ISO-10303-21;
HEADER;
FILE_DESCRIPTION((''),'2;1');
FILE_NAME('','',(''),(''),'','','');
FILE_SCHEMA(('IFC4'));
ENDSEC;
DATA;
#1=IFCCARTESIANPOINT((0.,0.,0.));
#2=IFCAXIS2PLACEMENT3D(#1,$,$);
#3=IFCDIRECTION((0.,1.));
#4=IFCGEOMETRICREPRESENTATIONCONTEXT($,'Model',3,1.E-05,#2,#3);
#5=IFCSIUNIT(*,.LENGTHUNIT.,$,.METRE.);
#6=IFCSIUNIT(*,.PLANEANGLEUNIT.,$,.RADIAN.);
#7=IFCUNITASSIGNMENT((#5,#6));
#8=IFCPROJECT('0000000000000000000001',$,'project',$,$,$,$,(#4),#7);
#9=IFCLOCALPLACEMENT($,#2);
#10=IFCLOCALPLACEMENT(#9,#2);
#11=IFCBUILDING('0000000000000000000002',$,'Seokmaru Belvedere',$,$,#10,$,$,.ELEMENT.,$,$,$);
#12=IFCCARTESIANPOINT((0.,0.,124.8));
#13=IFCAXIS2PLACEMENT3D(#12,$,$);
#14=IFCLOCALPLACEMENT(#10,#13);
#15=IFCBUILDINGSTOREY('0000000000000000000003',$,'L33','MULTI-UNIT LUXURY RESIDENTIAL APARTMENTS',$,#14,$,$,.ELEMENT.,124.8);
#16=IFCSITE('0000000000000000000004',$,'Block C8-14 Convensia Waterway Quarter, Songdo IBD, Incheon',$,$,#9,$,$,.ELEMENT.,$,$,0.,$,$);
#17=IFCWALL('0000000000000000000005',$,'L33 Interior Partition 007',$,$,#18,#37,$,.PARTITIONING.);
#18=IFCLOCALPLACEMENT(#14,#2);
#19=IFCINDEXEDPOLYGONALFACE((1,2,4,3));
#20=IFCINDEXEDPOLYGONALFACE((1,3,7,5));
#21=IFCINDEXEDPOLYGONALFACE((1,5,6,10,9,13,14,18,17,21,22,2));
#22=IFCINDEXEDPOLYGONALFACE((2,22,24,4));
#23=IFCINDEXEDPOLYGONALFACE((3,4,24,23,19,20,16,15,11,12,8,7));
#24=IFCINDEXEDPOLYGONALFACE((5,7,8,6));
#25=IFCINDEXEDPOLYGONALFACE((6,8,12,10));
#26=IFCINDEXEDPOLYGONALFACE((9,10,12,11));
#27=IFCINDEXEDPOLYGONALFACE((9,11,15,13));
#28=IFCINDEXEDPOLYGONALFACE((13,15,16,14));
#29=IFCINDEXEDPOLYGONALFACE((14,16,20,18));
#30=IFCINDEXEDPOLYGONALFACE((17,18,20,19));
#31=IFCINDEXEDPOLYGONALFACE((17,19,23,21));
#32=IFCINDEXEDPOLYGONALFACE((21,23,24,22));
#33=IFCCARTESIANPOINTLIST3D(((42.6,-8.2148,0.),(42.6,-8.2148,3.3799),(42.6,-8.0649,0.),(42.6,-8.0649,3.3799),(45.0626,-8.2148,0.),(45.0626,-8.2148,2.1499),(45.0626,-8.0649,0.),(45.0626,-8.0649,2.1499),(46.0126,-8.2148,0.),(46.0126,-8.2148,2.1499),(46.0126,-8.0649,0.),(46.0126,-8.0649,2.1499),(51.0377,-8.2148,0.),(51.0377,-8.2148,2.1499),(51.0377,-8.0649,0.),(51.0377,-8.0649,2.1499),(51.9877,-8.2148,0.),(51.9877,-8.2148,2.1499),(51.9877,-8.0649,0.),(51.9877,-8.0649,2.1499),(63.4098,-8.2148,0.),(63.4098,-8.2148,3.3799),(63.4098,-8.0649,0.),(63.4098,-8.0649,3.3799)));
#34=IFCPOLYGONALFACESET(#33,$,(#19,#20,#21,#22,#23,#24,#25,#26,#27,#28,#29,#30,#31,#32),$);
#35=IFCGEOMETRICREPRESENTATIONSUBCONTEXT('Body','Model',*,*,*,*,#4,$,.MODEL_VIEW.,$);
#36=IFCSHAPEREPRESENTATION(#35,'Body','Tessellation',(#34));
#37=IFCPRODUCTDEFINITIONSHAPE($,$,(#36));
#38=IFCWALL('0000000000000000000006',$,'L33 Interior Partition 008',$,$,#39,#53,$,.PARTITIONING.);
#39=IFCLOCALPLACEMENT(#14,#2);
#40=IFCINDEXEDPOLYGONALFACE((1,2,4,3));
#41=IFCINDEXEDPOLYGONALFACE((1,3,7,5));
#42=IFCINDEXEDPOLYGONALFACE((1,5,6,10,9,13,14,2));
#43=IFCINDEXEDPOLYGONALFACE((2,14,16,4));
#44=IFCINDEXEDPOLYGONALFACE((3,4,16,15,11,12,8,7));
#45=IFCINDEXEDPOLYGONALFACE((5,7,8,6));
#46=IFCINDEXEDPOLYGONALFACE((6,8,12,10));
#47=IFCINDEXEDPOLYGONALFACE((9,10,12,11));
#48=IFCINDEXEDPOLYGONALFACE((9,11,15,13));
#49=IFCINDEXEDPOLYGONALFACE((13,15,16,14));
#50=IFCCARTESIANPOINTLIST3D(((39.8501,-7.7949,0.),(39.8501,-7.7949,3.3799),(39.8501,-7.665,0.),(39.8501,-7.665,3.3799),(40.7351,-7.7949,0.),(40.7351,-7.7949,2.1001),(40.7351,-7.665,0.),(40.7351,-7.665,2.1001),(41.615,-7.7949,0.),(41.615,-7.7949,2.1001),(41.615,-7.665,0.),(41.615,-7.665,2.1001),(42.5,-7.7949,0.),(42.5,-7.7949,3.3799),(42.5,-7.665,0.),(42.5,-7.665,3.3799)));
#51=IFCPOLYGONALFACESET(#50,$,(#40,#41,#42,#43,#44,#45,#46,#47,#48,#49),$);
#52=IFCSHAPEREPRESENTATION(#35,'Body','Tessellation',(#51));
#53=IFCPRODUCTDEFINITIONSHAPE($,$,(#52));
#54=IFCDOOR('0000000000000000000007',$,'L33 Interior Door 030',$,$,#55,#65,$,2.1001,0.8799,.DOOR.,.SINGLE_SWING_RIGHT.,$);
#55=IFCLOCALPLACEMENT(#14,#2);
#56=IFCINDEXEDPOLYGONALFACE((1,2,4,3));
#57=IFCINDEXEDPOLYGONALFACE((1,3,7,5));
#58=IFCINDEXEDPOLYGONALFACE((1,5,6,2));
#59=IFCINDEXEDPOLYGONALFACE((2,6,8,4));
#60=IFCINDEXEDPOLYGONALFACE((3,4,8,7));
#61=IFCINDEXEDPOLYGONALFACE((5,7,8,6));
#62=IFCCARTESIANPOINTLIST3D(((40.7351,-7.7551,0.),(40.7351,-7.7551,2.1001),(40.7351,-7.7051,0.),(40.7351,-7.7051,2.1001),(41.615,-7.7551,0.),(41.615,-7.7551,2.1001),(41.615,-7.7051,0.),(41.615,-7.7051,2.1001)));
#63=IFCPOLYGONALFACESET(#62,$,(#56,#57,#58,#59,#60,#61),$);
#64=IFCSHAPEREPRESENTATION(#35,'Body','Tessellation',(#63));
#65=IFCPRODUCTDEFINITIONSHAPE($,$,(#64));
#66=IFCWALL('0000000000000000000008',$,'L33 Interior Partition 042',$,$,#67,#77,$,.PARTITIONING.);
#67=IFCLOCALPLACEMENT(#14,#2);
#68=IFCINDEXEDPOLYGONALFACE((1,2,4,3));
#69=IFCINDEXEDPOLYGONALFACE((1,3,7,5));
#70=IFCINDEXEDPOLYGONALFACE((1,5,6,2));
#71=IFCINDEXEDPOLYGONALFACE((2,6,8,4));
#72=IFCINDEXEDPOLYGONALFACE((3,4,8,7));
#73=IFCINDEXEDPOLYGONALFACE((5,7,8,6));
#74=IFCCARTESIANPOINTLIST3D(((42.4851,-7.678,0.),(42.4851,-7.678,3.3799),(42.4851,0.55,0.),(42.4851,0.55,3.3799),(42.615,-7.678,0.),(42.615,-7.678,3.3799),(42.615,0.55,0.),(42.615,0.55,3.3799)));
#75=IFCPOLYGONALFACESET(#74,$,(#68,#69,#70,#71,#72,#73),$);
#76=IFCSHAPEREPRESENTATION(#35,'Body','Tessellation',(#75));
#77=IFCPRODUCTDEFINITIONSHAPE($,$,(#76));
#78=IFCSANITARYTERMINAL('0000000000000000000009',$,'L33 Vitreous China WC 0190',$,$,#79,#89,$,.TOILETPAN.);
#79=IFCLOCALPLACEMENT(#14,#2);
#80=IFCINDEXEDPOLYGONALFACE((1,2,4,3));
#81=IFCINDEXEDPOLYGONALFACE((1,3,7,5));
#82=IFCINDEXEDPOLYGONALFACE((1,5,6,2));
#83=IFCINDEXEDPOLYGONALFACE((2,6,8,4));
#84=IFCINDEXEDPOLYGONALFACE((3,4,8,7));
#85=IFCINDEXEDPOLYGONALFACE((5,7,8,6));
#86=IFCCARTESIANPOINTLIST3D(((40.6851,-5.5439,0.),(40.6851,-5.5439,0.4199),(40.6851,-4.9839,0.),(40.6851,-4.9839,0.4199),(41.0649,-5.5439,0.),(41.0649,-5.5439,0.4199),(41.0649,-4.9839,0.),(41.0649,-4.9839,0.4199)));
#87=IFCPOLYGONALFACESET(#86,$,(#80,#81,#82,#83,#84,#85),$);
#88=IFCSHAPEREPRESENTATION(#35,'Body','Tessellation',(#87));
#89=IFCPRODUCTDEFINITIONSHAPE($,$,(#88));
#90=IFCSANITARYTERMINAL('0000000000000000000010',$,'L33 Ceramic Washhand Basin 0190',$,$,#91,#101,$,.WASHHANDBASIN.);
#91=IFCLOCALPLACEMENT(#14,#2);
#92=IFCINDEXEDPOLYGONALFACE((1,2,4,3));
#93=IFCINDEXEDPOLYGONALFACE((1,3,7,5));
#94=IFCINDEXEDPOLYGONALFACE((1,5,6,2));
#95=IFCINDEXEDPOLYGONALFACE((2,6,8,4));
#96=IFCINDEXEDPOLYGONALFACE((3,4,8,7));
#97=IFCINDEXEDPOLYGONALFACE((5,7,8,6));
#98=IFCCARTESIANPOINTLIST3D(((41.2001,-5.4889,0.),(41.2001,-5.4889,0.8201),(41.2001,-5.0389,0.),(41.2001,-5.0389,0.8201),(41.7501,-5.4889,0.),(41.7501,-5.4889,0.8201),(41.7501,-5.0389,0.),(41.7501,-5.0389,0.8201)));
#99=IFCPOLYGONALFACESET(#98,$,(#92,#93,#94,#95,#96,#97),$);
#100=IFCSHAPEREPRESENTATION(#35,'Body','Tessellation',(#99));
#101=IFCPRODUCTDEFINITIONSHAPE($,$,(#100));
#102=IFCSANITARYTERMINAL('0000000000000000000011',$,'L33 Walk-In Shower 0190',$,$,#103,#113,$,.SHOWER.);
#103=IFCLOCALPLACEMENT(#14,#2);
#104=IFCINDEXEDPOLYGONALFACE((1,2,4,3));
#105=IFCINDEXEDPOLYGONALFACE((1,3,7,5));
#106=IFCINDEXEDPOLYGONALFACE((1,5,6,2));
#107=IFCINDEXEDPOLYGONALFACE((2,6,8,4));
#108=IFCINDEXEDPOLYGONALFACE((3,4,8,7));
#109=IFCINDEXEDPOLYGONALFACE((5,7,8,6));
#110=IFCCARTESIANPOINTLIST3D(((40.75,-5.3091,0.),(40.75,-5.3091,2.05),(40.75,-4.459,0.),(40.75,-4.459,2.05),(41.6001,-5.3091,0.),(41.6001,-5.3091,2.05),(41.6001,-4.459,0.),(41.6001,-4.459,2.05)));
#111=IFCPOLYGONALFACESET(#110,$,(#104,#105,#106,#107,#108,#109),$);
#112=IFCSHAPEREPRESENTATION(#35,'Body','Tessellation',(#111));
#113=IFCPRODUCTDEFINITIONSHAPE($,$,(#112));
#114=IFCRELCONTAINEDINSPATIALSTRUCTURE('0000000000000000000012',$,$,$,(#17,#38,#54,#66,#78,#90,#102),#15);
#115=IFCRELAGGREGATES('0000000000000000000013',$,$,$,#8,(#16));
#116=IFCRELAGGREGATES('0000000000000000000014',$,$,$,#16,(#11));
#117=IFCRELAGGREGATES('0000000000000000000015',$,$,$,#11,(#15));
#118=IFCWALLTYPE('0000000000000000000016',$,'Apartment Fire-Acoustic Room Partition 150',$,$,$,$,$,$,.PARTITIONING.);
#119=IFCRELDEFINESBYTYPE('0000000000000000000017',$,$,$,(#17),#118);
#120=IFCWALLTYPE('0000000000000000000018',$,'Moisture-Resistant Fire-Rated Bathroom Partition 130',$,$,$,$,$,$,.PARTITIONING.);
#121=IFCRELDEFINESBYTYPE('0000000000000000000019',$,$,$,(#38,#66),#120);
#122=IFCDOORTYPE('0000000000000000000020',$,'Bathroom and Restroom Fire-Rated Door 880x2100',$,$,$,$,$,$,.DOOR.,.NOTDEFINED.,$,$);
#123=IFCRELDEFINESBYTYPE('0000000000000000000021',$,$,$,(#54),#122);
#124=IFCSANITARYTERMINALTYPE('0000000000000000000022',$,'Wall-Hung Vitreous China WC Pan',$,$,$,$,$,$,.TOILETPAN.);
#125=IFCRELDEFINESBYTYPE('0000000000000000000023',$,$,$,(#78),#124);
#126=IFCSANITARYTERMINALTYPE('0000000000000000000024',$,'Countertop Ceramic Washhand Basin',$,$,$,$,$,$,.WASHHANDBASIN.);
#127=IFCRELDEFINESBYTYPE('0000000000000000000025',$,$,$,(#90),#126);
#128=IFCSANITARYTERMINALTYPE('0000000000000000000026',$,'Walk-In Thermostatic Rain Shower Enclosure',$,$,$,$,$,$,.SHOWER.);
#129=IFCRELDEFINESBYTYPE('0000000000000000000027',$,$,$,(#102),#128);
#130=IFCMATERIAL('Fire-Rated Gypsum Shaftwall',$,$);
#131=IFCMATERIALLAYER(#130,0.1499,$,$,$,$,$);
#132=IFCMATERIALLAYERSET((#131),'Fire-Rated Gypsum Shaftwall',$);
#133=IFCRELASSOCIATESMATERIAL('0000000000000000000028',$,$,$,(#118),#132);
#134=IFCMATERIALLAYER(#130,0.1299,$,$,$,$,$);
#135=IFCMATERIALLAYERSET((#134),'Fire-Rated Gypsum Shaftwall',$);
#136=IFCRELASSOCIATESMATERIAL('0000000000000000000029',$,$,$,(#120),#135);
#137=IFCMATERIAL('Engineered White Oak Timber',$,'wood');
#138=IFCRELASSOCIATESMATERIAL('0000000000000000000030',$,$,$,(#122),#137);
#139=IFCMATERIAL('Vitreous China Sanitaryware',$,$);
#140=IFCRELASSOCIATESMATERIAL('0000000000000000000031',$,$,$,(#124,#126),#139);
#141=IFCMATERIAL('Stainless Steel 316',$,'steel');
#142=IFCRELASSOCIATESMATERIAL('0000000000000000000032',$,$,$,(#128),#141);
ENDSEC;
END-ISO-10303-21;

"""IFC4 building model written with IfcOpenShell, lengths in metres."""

from ifc_helpers import new_model, si_unit, direction, frame, frame_2d, origin, origin_2d, place, context, subcontext, project, spatial, rectangle, extrude, source, transform, mapped, material, layer, layer_set, type_object, type_shapes, element, fill, save


model = new_model("IFC4")

# Units and contexts
model_context = context("Model", 3, precision=1e-05, world=origin(), true_north=direction((0.0, 1.0)))
body_context = subcontext(model_context, "Body", "Model", "MODEL_VIEW")
ifc_project = project(units=[si_unit("LENGTHUNIT", "METRE"), si_unit("PLANEANGLEUNIT", "RADIAN")], contexts=[model_context])

# Site, building, storey
site_placement = place(None, origin())
site = spatial("IfcSite", under=ifc_project, at=site_placement, Name="Block C8-14 Convensia Waterway Quarter, Songdo IBD, Incheon", CompositionType="ELEMENT", RefElevation=0.0)
building_placement = place(site_placement, origin())
building = spatial("IfcBuilding", under=site, at=building_placement, Name="Seokmaru Belvedere", CompositionType="ELEMENT")
storey_placement = place(building_placement, frame((0.0, 0.0, 124.8)))
storey = spatial("IfcBuildingStorey", under=building, at=storey_placement, Name="L33", Description="MULTI-UNIT LUXURY RESIDENTIAL APARTMENTS", CompositionType="ELEMENT", Elevation=124.8)

# Shared definitions
ifc_material_1 = material(Name="Fire-Rated Gypsum Shaftwall")
ifc_layer_1 = layer(ifc_material_1, 0.1499)
ifc_layer_set_1 = layer_set([ifc_layer_1], Name="Fire-Rated Gypsum Shaftwall")
wall_type_1 = type_object("IfcWallType", Name="Apartment Fire-Acoustic Room Partition 150", PredefinedType="PARTITIONING", material=ifc_layer_set_1)
ifc_material_2 = material(Name="Engineered White Oak Timber", Category="wood")

# Wall, openings
wall_1_placement = place(storey_placement, frame((42.6001, -8.1399, 0.0), z_axis=(0.0, 0.0, 1.0), x_axis=(1.0, 0.0, 0.0)))
wall_1 = element("IfcWall", 1, at=wall_1_placement, inside=storey, type_object=wall_type_1, Name="L33 Interior Partition 007", PredefinedType="PARTITIONING", context=body_context, shape_type="SweptSolid", body=[
    extrude(rectangle(XDim=20.8098, YDim=0.1499, at=frame_2d((10.4048, 0.0))), origin(), (0.0, 0.0, 1.0), 3.3799),
])
opening_1_placement = place(wall_1_placement, frame((2.4624, 0.0, 0.0)))
element("IfcOpeningElement", 2, at=opening_1_placement, cuts=wall_1, PredefinedType="OPENING", context=body_context, shape_type="SweptSolid", body=[
    extrude(rectangle(XDim=0.95, YDim=2.1499, at=frame_2d((0.4751, 1.075))), frame((0.0, 0.085, 0.0), z_axis=(0.0, -1.0, 0.0), x_axis=(1.0, 0.0, 0.0)), (0.0, 0.0, 1.0), 0.1699),
])
opening_2_placement = place(wall_1_placement, frame((8.4375, 0.0, 0.0)))
element("IfcOpeningElement", 3, at=opening_2_placement, cuts=wall_1, PredefinedType="OPENING", context=body_context, shape_type="SweptSolid", body=[
    extrude(rectangle(XDim=0.95, YDim=2.1499, at=frame_2d((0.4751, 1.075))), frame((0.0, 0.085, 0.0), z_axis=(0.0, -1.0, 0.0), x_axis=(1.0, 0.0, 0.0)), (0.0, 0.0, 1.0), 0.1699),
])

# Wall, opening, door
ifc_layer_2 = layer(ifc_material_1, 0.1299)
ifc_layer_set_2 = layer_set([ifc_layer_2], Name="Fire-Rated Gypsum Shaftwall")
wall_type_2 = type_object("IfcWallType", Name="Moisture-Resistant Fire-Rated Bathroom Partition 130", PredefinedType="PARTITIONING", material=ifc_layer_set_2)
wall_2_placement = place(storey_placement, frame((39.8501, -7.73, 0.0), z_axis=(0.0, 0.0, 1.0), x_axis=(1.0, 0.0, 0.0)))
wall_2 = element("IfcWall", 4, at=wall_2_placement, inside=storey, type_object=wall_type_2, Name="L33 Interior Partition 008", PredefinedType="PARTITIONING", context=body_context, shape_type="SweptSolid", body=[
    extrude(rectangle(XDim=2.6499, YDim=0.1299, at=frame_2d((1.325, 0.0))), origin(), (0.0, 0.0, 1.0), 3.3799),
])
opening_3_placement = place(wall_2_placement, frame((0.885, 0.0, 0.0)))
opening_3 = element("IfcOpeningElement", 5, at=opening_3_placement, cuts=wall_2, PredefinedType="OPENING", context=body_context, shape_type="SweptSolid", body=[
    extrude(rectangle(XDim=0.8799, YDim=2.1001, at=frame_2d((0.4399, 1.05))), frame((0.0, 0.075, 0.0), z_axis=(0.0, -1.0, 0.0), x_axis=(1.0, 0.0, 0.0)), (0.0, 0.0, 1.0), 0.1499),
])
door_type_1 = type_object("IfcDoorType", Name="Bathroom and Restroom Fire-Rated Door 880x2100", OperationType="NOTDEFINED", PredefinedType="DOOR", material=ifc_material_2)
shared_shape_1 = source(origin(), body_context, "Body", "SweptSolid", [
    extrude(rectangle(XDim=0.8799, YDim=2.1001, at=frame_2d((0.4399, 1.05))), frame((0.0, 0.0249, 0.0), z_axis=(0.0, -1.0, 0.0), x_axis=(1.0, 0.0, 0.0)), (0.0, 0.0, 1.0), 0.05),
])
type_shapes(door_type_1, [shared_shape_1])
door_1_placement = place(opening_3_placement, origin())
door_1 = element("IfcDoor", 6, at=door_1_placement, inside=storey, type_object=door_type_1, Name="L33 Interior Door 030", OperationType="SINGLE_SWING_RIGHT", OverallHeight=2.1001, OverallWidth=0.8799, PredefinedType="DOOR", context=body_context, shape_type="MappedRepresentation", body=[
    mapped(shared_shape_1, transform((0.0, 0.0, 0.0), scale=1.0)),
])
fill(opening_3, door_1)

# Wall
wall_3_placement = place(storey_placement, frame((42.55, -7.678, 0.0), z_axis=(0.0, 0.0, 1.0), x_axis=(0.0, 1.0, 0.0)))
element("IfcWall", 7, at=wall_3_placement, inside=storey, type_object=wall_type_2, Name="L33 Interior Partition 042", PredefinedType="PARTITIONING", context=body_context, shape_type="SweptSolid", body=[
    extrude(rectangle(XDim=8.228, YDim=0.1299, at=frame_2d((4.114, 0.0))), origin(), (0.0, 0.0, 1.0), 3.3799),
])

# Sanitary terminals
ifc_material_3 = material(Name="Vitreous China Sanitaryware")
sanitary_terminal_type_1 = type_object("IfcSanitaryTerminalType", Name="Wall-Hung Vitreous China WC Pan", PredefinedType="TOILETPAN", material=ifc_material_3)
shared_shape_2 = source(origin(), body_context, "Body", "SweptSolid", [
    extrude(rectangle(XDim=0.3799, YDim=0.5601, at=origin_2d()), origin(), (0.0, 0.0, 1.0), 0.4199),
])
type_shapes(sanitary_terminal_type_1, [shared_shape_2])
sanitary_terminal_1_placement = place(storey_placement, frame((40.875, -5.2639, 0.0), z_axis=(0.0, 0.0, 1.0), x_axis=(1.0, 0.0, 0.0)))
element("IfcSanitaryTerminal", 8, at=sanitary_terminal_1_placement, inside=storey, type_object=sanitary_terminal_type_1, Name="L33 Vitreous China WC 0190", PredefinedType="TOILETPAN", context=body_context, shape_type="MappedRepresentation", body=[
    mapped(shared_shape_2, transform((0.0, 0.0, 0.0), scale=1.0)),
])
sanitary_terminal_type_2 = type_object("IfcSanitaryTerminalType", Name="Countertop Ceramic Washhand Basin", PredefinedType="WASHHANDBASIN", material=ifc_material_3)
shared_shape_3 = source(origin(), body_context, "Body", "SweptSolid", [
    extrude(rectangle(XDim=0.55, YDim=0.45, at=origin_2d()), origin(), (0.0, 0.0, 1.0), 0.8201),
])
type_shapes(sanitary_terminal_type_2, [shared_shape_3])
sanitary_terminal_2_placement = place(storey_placement, frame((41.4751, -5.2639, 0.0), z_axis=(0.0, 0.0, 1.0), x_axis=(1.0, 0.0, 0.0)))
element("IfcSanitaryTerminal", 9, at=sanitary_terminal_2_placement, inside=storey, type_object=sanitary_terminal_type_2, Name="L33 Ceramic Washhand Basin 0190", PredefinedType="WASHHANDBASIN", context=body_context, shape_type="MappedRepresentation", body=[
    mapped(shared_shape_3, transform((0.0, 0.0, 0.0), scale=1.0)),
])
ifc_material_4 = material(Name="Stainless Steel 316", Category="steel")
sanitary_terminal_type_3 = type_object("IfcSanitaryTerminalType", Name="Walk-In Thermostatic Rain Shower Enclosure", PredefinedType="SHOWER", material=ifc_material_4)
shared_shape_4 = source(origin(), body_context, "Body", "SweptSolid", [
    extrude(rectangle(XDim=0.8501, YDim=0.8501, at=origin_2d()), origin(), (0.0, 0.0, 1.0), 2.05),
])
type_shapes(sanitary_terminal_type_3, [shared_shape_4])
sanitary_terminal_3_placement = place(storey_placement, frame((41.175, -4.884, 0.0), z_axis=(0.0, 0.0, 1.0), x_axis=(1.0, 0.0, 0.0)))
element("IfcSanitaryTerminal", 10, at=sanitary_terminal_3_placement, inside=storey, type_object=sanitary_terminal_type_3, Name="L33 Walk-In Shower 0190", PredefinedType="SHOWER", context=body_context, shape_type="MappedRepresentation", body=[
    mapped(shared_shape_4, transform((0.0, 0.0, 0.0), scale=1.0)),
])

save(model, "model.ifc")
